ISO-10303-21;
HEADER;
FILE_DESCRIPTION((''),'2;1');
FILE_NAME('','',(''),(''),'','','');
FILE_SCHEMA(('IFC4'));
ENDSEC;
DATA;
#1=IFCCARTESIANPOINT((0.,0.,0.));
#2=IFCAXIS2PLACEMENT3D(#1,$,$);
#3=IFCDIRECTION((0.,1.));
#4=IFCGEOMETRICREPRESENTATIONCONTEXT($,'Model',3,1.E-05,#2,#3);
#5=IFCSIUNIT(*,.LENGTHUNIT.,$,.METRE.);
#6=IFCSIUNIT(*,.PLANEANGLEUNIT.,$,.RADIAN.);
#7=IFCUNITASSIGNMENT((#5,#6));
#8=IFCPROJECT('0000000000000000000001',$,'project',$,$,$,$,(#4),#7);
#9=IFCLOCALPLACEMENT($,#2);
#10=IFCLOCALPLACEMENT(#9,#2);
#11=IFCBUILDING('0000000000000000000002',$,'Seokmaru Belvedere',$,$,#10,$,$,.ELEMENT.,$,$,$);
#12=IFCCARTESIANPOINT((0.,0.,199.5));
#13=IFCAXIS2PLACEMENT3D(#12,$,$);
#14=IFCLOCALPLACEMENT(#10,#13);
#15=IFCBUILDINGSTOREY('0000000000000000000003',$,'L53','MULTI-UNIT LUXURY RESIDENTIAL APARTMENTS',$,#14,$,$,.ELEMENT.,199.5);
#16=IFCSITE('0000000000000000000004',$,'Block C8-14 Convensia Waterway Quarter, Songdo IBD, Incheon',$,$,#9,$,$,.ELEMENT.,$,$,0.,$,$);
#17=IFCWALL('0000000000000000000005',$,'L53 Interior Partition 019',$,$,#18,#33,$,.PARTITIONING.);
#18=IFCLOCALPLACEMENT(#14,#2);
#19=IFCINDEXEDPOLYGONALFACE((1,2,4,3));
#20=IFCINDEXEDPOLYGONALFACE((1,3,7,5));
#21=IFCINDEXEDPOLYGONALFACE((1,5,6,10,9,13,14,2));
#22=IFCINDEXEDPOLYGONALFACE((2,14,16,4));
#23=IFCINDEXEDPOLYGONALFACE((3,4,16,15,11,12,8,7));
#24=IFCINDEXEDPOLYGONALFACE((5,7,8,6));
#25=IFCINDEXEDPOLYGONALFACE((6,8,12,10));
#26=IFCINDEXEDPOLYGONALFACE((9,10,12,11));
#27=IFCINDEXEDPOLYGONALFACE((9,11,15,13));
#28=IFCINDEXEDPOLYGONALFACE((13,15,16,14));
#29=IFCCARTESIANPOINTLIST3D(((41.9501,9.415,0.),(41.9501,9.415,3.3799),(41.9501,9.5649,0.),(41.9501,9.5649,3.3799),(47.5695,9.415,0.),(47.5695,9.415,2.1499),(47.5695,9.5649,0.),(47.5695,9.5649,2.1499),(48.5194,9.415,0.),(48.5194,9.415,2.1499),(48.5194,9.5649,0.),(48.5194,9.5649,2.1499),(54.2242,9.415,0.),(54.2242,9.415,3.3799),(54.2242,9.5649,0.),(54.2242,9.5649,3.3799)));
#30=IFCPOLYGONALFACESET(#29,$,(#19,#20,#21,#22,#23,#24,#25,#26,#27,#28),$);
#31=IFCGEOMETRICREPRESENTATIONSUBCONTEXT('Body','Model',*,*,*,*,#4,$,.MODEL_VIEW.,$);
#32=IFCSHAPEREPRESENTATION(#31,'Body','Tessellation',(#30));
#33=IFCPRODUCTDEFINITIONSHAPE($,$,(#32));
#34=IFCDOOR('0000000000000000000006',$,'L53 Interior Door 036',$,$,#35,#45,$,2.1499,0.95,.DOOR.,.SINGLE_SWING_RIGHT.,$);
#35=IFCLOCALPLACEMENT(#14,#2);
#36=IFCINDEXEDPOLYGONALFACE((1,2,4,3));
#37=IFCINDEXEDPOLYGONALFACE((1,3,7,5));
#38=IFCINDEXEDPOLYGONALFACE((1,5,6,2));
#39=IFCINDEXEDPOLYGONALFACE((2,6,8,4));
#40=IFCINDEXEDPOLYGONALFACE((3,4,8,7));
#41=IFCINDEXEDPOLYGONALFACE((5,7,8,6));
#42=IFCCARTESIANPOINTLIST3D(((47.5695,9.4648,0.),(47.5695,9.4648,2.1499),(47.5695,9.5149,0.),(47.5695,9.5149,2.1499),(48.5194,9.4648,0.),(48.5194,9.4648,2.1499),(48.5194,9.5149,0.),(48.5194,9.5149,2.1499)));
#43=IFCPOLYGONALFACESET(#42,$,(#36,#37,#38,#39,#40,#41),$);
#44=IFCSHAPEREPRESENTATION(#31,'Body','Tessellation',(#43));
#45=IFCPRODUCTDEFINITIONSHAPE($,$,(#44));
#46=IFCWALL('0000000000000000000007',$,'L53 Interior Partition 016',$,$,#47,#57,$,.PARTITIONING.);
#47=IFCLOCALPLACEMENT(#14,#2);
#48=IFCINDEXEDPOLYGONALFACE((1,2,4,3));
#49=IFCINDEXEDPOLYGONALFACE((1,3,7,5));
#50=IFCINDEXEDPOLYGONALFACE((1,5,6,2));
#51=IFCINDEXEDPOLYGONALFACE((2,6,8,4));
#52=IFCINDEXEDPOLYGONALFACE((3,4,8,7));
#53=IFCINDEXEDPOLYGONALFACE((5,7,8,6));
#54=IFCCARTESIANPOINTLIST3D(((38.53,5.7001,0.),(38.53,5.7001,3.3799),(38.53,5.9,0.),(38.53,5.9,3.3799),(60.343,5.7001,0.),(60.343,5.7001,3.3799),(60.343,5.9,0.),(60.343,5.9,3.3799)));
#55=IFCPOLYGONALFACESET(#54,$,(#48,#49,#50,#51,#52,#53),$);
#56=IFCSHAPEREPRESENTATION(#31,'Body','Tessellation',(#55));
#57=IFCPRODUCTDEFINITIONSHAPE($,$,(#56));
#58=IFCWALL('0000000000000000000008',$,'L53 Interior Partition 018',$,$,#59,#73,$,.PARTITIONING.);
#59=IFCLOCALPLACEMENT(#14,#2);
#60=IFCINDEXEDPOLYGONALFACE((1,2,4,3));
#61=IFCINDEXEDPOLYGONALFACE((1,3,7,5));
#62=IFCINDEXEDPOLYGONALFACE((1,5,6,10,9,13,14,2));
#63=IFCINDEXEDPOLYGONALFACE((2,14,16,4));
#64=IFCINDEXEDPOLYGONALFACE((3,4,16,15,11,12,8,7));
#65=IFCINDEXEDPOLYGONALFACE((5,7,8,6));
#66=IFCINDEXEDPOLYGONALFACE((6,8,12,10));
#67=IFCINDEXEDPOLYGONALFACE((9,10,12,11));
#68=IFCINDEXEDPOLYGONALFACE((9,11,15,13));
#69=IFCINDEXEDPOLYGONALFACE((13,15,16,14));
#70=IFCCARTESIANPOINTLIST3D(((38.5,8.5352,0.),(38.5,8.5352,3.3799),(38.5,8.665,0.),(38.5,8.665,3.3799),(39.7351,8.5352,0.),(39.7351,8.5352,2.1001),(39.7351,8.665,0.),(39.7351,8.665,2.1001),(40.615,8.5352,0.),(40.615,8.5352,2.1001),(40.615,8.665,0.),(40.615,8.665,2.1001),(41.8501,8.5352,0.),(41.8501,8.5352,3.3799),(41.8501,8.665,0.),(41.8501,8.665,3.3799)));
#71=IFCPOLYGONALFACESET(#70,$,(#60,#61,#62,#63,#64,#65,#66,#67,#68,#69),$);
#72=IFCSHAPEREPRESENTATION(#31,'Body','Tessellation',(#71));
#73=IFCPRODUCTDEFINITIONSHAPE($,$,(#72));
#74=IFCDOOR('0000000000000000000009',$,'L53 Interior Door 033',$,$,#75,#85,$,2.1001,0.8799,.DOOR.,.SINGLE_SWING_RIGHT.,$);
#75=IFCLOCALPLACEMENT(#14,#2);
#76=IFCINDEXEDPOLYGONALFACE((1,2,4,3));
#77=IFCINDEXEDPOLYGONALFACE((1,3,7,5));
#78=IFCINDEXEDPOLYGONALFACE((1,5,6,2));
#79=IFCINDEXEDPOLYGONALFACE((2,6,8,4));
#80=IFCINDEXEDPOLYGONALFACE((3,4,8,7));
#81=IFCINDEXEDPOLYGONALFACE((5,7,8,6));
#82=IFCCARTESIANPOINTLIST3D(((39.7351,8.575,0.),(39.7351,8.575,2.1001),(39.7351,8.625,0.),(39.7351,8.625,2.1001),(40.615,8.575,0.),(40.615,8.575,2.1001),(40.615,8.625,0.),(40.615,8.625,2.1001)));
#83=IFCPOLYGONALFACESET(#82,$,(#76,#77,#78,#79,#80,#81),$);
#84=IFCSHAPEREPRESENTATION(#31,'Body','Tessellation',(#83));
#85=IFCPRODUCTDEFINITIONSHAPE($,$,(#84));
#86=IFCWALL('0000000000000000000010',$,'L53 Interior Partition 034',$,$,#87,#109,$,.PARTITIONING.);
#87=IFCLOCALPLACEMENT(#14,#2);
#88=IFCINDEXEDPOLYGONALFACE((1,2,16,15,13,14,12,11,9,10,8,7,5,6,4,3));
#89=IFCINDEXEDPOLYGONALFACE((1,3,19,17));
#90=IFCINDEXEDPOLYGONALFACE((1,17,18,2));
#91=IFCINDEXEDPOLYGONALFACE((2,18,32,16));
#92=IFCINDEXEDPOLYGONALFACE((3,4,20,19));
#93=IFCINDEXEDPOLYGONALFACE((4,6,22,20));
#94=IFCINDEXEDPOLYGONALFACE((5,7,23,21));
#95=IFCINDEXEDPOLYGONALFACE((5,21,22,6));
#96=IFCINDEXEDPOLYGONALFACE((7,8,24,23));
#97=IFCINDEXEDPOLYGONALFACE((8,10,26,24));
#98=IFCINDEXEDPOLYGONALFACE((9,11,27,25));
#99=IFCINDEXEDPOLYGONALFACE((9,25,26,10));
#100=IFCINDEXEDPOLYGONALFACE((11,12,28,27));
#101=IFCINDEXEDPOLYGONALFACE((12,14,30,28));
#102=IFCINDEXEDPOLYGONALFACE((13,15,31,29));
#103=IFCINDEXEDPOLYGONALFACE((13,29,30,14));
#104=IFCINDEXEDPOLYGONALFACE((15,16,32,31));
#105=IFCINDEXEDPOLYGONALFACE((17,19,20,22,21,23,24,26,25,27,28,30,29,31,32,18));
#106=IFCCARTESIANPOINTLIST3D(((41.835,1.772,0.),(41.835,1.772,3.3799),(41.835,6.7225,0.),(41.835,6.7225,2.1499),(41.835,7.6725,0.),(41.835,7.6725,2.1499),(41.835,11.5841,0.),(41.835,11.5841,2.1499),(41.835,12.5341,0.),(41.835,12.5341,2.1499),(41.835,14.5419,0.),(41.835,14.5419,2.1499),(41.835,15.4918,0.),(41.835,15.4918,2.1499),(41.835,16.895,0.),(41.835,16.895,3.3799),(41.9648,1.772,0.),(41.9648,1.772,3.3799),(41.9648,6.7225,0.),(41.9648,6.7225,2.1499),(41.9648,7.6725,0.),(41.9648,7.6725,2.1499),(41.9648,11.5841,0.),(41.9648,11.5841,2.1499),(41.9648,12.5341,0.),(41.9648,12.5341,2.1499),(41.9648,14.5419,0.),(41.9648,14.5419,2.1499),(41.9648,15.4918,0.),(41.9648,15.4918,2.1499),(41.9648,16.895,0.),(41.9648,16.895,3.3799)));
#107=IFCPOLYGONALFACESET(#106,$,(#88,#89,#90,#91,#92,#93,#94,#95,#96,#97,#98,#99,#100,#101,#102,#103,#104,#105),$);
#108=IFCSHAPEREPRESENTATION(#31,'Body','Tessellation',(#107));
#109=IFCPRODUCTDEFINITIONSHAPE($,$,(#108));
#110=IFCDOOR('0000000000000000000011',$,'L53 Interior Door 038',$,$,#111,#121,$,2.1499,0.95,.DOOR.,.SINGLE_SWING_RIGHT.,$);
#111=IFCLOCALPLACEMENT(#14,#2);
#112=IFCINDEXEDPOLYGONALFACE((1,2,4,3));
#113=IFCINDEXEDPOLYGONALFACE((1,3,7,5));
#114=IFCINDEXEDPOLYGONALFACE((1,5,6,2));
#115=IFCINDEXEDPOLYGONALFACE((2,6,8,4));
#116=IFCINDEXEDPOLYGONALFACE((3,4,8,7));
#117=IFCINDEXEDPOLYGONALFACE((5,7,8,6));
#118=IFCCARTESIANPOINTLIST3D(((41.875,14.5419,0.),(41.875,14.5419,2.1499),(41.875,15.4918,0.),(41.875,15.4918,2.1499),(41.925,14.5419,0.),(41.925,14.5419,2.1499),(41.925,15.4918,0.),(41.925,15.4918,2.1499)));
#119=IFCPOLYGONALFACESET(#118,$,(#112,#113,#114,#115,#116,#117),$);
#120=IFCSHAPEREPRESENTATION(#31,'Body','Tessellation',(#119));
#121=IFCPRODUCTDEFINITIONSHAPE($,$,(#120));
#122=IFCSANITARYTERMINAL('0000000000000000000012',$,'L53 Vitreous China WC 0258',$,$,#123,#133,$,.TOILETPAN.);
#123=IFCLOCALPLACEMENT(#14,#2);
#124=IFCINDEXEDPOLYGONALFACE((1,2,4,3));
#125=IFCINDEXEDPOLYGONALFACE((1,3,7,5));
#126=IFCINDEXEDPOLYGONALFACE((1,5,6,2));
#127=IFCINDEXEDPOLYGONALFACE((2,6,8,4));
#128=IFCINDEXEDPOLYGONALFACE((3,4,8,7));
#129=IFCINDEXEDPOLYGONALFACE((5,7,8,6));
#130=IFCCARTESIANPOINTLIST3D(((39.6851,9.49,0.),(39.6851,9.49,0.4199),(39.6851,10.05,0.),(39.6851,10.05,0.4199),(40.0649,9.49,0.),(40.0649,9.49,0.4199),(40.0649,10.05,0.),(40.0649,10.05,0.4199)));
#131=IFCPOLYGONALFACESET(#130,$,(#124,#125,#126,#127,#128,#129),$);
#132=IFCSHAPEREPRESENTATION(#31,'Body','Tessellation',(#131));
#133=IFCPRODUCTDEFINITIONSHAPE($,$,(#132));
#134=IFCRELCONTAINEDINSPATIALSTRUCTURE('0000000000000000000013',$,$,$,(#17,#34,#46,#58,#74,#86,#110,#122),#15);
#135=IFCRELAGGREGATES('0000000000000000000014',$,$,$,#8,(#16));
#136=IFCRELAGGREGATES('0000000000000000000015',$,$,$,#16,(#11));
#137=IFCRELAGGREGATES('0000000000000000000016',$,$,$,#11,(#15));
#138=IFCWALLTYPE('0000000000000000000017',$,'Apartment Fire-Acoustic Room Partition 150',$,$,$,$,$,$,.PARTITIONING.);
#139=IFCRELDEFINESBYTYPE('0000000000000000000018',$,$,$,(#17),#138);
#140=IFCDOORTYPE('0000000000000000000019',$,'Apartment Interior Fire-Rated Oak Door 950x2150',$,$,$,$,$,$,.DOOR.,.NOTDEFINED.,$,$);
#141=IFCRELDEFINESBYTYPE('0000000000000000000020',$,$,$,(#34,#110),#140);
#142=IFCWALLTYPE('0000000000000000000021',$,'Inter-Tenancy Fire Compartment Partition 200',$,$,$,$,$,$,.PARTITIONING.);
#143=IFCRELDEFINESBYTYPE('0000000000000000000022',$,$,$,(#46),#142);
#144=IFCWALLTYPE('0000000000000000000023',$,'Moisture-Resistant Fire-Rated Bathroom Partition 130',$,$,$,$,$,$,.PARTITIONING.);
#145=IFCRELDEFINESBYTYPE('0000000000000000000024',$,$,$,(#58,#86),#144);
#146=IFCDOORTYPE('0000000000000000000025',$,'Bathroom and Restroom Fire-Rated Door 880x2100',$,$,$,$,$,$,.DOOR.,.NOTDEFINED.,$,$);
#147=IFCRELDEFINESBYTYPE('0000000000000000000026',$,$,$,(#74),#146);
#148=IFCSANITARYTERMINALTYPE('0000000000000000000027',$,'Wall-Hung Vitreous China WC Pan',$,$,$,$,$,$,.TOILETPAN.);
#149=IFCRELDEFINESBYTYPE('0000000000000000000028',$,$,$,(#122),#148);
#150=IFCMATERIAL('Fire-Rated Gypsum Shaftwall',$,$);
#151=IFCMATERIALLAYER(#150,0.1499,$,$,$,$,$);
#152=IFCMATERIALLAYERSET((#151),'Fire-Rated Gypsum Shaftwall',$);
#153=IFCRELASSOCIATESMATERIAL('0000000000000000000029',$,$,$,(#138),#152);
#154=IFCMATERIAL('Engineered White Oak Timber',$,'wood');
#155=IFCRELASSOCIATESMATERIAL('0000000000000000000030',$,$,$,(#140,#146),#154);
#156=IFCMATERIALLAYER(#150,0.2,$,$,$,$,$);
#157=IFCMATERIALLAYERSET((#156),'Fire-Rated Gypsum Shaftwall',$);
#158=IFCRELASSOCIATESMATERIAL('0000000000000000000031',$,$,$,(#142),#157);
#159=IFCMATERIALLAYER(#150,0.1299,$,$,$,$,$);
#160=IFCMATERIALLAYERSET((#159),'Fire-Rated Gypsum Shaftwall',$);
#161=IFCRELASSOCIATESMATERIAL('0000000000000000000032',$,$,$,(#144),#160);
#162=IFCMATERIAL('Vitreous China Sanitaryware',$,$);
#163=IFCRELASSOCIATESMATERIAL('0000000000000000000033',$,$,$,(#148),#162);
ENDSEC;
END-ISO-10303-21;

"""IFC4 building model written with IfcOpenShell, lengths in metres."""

from ifc_helpers import new_model, si_unit, direction, frame, frame_2d, origin, origin_2d, place, context, subcontext, project, spatial, rectangle, extrude, source, transform, mapped, material, layer, layer_set, type_object, type_shapes, element, fill, save


model = new_model("IFC4")

# Units and contexts
model_context = context("Model", 3, precision=1e-05, world=origin(), true_north=direction((0.0, 1.0)))
body_context = subcontext(model_context, "Body", "Model", "MODEL_VIEW")
ifc_project = project(units=[si_unit("LENGTHUNIT", "METRE"), si_unit("PLANEANGLEUNIT", "RADIAN")], contexts=[model_context])

# Site, building, storey
site_placement = place(None, origin())
site = spatial("IfcSite", under=ifc_project, at=site_placement, Name="Block C8-14 Convensia Waterway Quarter, Songdo IBD, Incheon", CompositionType="ELEMENT", RefElevation=0.0)
building_placement = place(site_placement, origin())
building = spatial("IfcBuilding", under=site, at=building_placement, Name="Seokmaru Belvedere", CompositionType="ELEMENT")
storey_placement = place(building_placement, frame((0.0, 0.0, 199.5)))
storey = spatial("IfcBuildingStorey", under=building, at=storey_placement, Name="L53", Description="MULTI-UNIT LUXURY RESIDENTIAL APARTMENTS", CompositionType="ELEMENT", Elevation=199.5)

# Shared definitions
ifc_material_1 = material(Name="Fire-Rated Gypsum Shaftwall")
ifc_layer_1 = layer(ifc_material_1, 0.1499)
ifc_layer_set_1 = layer_set([ifc_layer_1], Name="Fire-Rated Gypsum Shaftwall")
wall_type_1 = type_object("IfcWallType", Name="Apartment Fire-Acoustic Room Partition 150", PredefinedType="PARTITIONING", material=ifc_layer_set_1)
ifc_material_2 = material(Name="Engineered White Oak Timber", Category="wood")
door_type_1 = type_object("IfcDoorType", Name="Apartment Interior Fire-Rated Oak Door 950x2150", OperationType="NOTDEFINED", PredefinedType="DOOR", material=ifc_material_2)
shared_shape_1 = source(origin(), body_context, "Body", "SweptSolid", [
    extrude(rectangle(XDim=0.95, YDim=2.1499, at=frame_2d((0.4751, 1.075))), frame((0.0, 0.0249, 0.0), z_axis=(0.0, -1.0, 0.0), x_axis=(1.0, 0.0, 0.0)), (0.0, 0.0, 1.0), 0.05),
])
type_shapes(door_type_1, [shared_shape_1])

# Wall, opening, door
wall_1_placement = place(storey_placement, frame((41.95, 9.49, 0.0), z_axis=(0.0, 0.0, 1.0), x_axis=(1.0, 0.0, 0.0)))
wall_1 = element("IfcWall", 1, at=wall_1_placement, inside=storey, type_object=wall_type_1, Name="L53 Interior Partition 019", PredefinedType="PARTITIONING", context=body_context, shape_type="SweptSolid", body=[
    extrude(rectangle(XDim=12.2742, YDim=0.1499, at=frame_2d((6.1372, 0.0))), origin(), (0.0, 0.0, 1.0), 3.3799),
])
opening_1_placement = place(wall_1_placement, frame((5.6194, 0.0, 0.0)))
opening_1 = element("IfcOpeningElement", 2, at=opening_1_placement, cuts=wall_1, PredefinedType="OPENING", context=body_context, shape_type="SweptSolid", body=[
    extrude(rectangle(XDim=0.95, YDim=2.1499, at=frame_2d((0.4751, 1.075))), frame((0.0, 0.085, 0.0), z_axis=(0.0, -1.0, 0.0), x_axis=(1.0, 0.0, 0.0)), (0.0, 0.0, 1.0), 0.1699),
])
door_1_placement = place(opening_1_placement, origin())
door_1 = element("IfcDoor", 3, at=door_1_placement, inside=storey, type_object=door_type_1, Name="L53 Interior Door 036", OperationType="SINGLE_SWING_RIGHT", OverallHeight=2.1499, OverallWidth=0.95, PredefinedType="DOOR", context=body_context, shape_type="MappedRepresentation", body=[
    mapped(shared_shape_1, transform((0.0, 0.0, 0.0), scale=1.0)),
])
fill(opening_1, door_1)

# Wall
ifc_layer_2 = layer(ifc_material_1, 0.2)
ifc_layer_set_2 = layer_set([ifc_layer_2], Name="Fire-Rated Gypsum Shaftwall")
wall_type_2 = type_object("IfcWallType", Name="Inter-Tenancy Fire Compartment Partition 200", PredefinedType="PARTITIONING", material=ifc_layer_set_2)
wall_2_placement = place(storey_placement, frame((38.53, 5.8, 0.0), z_axis=(0.0, 0.0, 1.0), x_axis=(1.0, 0.0, 0.0)))
element("IfcWall", 4, at=wall_2_placement, inside=storey, type_object=wall_type_2, Name="L53 Interior Partition 016", PredefinedType="PARTITIONING", context=body_context, shape_type="SweptSolid", body=[
    extrude(rectangle(XDim=21.813, YDim=0.2, at=frame_2d((10.9065, 0.0))), origin(), (0.0, 0.0, 1.0), 3.3799),
])

# Wall, opening, door
ifc_layer_3 = layer(ifc_material_1, 0.1299)
ifc_layer_set_3 = layer_set([ifc_layer_3], Name="Fire-Rated Gypsum Shaftwall")
wall_type_3 = type_object("IfcWallType", Name="Moisture-Resistant Fire-Rated Bathroom Partition 130", PredefinedType="PARTITIONING", material=ifc_layer_set_3)
wall_3_placement = place(storey_placement, frame((38.5, 8.6001, 0.0), z_axis=(0.0, 0.0, 1.0), x_axis=(1.0, 0.0, 0.0)))
wall_3 = element("IfcWall", 5, at=wall_3_placement, inside=storey, type_object=wall_type_3, Name="L53 Interior Partition 018", PredefinedType="PARTITIONING", context=body_context, shape_type="SweptSolid", body=[
    extrude(rectangle(XDim=3.3501, YDim=0.1299, at=frame_2d((1.675, 0.0))), origin(), (0.0, 0.0, 1.0), 3.3799),
])
opening_2_placement = place(wall_3_placement, frame((1.2351, 0.0, 0.0)))
opening_2 = element("IfcOpeningElement", 6, at=opening_2_placement, cuts=wall_3, PredefinedType="OPENING", context=body_context, shape_type="SweptSolid", body=[
    extrude(rectangle(XDim=0.8799, YDim=2.1001, at=frame_2d((0.4399, 1.05))), frame((0.0, 0.075, 0.0), z_axis=(0.0, -1.0, 0.0), x_axis=(1.0, 0.0, 0.0)), (0.0, 0.0, 1.0), 0.1499),
])
door_type_2 = type_object("IfcDoorType", Name="Bathroom and Restroom Fire-Rated Door 880x2100", OperationType="NOTDEFINED", PredefinedType="DOOR", material=ifc_material_2)
shared_shape_2 = source(origin(), body_context, "Body", "SweptSolid", [
    extrude(rectangle(XDim=0.8799, YDim=2.1001, at=frame_2d((0.4399, 1.05))), frame((0.0, 0.0249, 0.0), z_axis=(0.0, -1.0, 0.0), x_axis=(1.0, 0.0, 0.0)), (0.0, 0.0, 1.0), 0.05),
])
type_shapes(door_type_2, [shared_shape_2])
door_2_placement = place(opening_2_placement, origin())
door_2 = element("IfcDoor", 7, at=door_2_placement, inside=storey, type_object=door_type_2, Name="L53 Interior Door 033", OperationType="SINGLE_SWING_RIGHT", OverallHeight=2.1001, OverallWidth=0.8799, PredefinedType="DOOR", context=body_context, shape_type="MappedRepresentation", body=[
    mapped(shared_shape_2, transform((0.0, 0.0, 0.0), scale=1.0)),
])
fill(opening_2, door_2)

# Wall, openings, door
wall_4_placement = place(storey_placement, frame((41.8999, 1.772, 0.0), z_axis=(0.0, 0.0, 1.0), x_axis=(0.0, 1.0, 0.0)))
wall_4 = element("IfcWall", 8, at=wall_4_placement, inside=storey, type_object=wall_type_3, Name="L53 Interior Partition 034", PredefinedType="PARTITIONING", context=body_context, shape_type="SweptSolid", body=[
    extrude(rectangle(XDim=15.123, YDim=0.1299, at=frame_2d((7.5615, 0.0))), origin(), (0.0, 0.0, 1.0), 3.3799),
])
opening_3_placement = place(wall_4_placement, frame((4.9504, 0.0, 0.0)))
element("IfcOpeningElement", 9, at=opening_3_placement, cuts=wall_4, PredefinedType="OPENING", context=body_context, shape_type="SweptSolid", body=[
    extrude(rectangle(XDim=0.95, YDim=2.1499, at=frame_2d((0.4751, 1.075))), frame((0.0, 0.075, 0.0), z_axis=(0.0, -1.0, 0.0), x_axis=(1.0, 0.0, 0.0)), (0.0, 0.0, 1.0), 0.1499),
])
opening_4_placement = place(wall_4_placement, frame((9.812, 0.0, 0.0)))
element("IfcOpeningElement", 10, at=opening_4_placement, cuts=wall_4, PredefinedType="OPENING", context=body_context, shape_type="SweptSolid", body=[
    extrude(rectangle(XDim=0.95, YDim=2.1499, at=frame_2d((0.4751, 1.075))), frame((0.0, 0.075, 0.0), z_axis=(0.0, -1.0, 0.0), x_axis=(1.0, 0.0, 0.0)), (0.0, 0.0, 1.0), 0.1499),
])
opening_5_placement = place(wall_4_placement, frame((12.7698, 0.0, 0.0)))
opening_5 = element("IfcOpeningElement", 11, at=opening_5_placement, cuts=wall_4, PredefinedType="OPENING", context=body_context, shape_type="SweptSolid", body=[
    extrude(rectangle(XDim=0.95, YDim=2.1499, at=frame_2d((0.4751, 1.075))), frame((0.0, 0.075, 0.0), z_axis=(0.0, -1.0, 0.0), x_axis=(1.0, 0.0, 0.0)), (0.0, 0.0, 1.0), 0.1499),
])
door_3_placement = place(opening_5_placement, origin())
door_3 = element("IfcDoor", 12, at=door_3_placement, inside=storey, type_object=door_type_1, Name="L53 Interior Door 038", OperationType="SINGLE_SWING_RIGHT", OverallHeight=2.1499, OverallWidth=0.95, PredefinedType="DOOR", context=body_context, shape_type="MappedRepresentation", body=[
    mapped(shared_shape_1, transform((0.0, 0.0, 0.0), scale=1.0)),
])
fill(opening_5, door_3)

# Sanitary terminal
ifc_material_3 = material(Name="Vitreous China Sanitaryware")
sanitary_terminal_type = type_object("IfcSanitaryTerminalType", Name="Wall-Hung Vitreous China WC Pan", PredefinedType="TOILETPAN", material=ifc_material_3)
shared_shape_3 = source(origin(), body_context, "Body", "SweptSolid", [
    extrude(rectangle(XDim=0.3799, YDim=0.5601, at=origin_2d()), origin(), (0.0, 0.0, 1.0), 0.4199),
])
type_shapes(sanitary_terminal_type, [shared_shape_3])
sanitary_terminal_placement = place(storey_placement, frame((39.875, 9.77, 0.0), z_axis=(0.0, 0.0, 1.0), x_axis=(1.0, 0.0, 0.0)))
element("IfcSanitaryTerminal", 13, at=sanitary_terminal_placement, inside=storey, type_object=sanitary_terminal_type, Name="L53 Vitreous China WC 0258", PredefinedType="TOILETPAN", context=body_context, shape_type="MappedRepresentation", body=[
    mapped(shared_shape_3, transform((0.0, 0.0, 0.0), scale=1.0)),
])

save(model, "model.ifc")
